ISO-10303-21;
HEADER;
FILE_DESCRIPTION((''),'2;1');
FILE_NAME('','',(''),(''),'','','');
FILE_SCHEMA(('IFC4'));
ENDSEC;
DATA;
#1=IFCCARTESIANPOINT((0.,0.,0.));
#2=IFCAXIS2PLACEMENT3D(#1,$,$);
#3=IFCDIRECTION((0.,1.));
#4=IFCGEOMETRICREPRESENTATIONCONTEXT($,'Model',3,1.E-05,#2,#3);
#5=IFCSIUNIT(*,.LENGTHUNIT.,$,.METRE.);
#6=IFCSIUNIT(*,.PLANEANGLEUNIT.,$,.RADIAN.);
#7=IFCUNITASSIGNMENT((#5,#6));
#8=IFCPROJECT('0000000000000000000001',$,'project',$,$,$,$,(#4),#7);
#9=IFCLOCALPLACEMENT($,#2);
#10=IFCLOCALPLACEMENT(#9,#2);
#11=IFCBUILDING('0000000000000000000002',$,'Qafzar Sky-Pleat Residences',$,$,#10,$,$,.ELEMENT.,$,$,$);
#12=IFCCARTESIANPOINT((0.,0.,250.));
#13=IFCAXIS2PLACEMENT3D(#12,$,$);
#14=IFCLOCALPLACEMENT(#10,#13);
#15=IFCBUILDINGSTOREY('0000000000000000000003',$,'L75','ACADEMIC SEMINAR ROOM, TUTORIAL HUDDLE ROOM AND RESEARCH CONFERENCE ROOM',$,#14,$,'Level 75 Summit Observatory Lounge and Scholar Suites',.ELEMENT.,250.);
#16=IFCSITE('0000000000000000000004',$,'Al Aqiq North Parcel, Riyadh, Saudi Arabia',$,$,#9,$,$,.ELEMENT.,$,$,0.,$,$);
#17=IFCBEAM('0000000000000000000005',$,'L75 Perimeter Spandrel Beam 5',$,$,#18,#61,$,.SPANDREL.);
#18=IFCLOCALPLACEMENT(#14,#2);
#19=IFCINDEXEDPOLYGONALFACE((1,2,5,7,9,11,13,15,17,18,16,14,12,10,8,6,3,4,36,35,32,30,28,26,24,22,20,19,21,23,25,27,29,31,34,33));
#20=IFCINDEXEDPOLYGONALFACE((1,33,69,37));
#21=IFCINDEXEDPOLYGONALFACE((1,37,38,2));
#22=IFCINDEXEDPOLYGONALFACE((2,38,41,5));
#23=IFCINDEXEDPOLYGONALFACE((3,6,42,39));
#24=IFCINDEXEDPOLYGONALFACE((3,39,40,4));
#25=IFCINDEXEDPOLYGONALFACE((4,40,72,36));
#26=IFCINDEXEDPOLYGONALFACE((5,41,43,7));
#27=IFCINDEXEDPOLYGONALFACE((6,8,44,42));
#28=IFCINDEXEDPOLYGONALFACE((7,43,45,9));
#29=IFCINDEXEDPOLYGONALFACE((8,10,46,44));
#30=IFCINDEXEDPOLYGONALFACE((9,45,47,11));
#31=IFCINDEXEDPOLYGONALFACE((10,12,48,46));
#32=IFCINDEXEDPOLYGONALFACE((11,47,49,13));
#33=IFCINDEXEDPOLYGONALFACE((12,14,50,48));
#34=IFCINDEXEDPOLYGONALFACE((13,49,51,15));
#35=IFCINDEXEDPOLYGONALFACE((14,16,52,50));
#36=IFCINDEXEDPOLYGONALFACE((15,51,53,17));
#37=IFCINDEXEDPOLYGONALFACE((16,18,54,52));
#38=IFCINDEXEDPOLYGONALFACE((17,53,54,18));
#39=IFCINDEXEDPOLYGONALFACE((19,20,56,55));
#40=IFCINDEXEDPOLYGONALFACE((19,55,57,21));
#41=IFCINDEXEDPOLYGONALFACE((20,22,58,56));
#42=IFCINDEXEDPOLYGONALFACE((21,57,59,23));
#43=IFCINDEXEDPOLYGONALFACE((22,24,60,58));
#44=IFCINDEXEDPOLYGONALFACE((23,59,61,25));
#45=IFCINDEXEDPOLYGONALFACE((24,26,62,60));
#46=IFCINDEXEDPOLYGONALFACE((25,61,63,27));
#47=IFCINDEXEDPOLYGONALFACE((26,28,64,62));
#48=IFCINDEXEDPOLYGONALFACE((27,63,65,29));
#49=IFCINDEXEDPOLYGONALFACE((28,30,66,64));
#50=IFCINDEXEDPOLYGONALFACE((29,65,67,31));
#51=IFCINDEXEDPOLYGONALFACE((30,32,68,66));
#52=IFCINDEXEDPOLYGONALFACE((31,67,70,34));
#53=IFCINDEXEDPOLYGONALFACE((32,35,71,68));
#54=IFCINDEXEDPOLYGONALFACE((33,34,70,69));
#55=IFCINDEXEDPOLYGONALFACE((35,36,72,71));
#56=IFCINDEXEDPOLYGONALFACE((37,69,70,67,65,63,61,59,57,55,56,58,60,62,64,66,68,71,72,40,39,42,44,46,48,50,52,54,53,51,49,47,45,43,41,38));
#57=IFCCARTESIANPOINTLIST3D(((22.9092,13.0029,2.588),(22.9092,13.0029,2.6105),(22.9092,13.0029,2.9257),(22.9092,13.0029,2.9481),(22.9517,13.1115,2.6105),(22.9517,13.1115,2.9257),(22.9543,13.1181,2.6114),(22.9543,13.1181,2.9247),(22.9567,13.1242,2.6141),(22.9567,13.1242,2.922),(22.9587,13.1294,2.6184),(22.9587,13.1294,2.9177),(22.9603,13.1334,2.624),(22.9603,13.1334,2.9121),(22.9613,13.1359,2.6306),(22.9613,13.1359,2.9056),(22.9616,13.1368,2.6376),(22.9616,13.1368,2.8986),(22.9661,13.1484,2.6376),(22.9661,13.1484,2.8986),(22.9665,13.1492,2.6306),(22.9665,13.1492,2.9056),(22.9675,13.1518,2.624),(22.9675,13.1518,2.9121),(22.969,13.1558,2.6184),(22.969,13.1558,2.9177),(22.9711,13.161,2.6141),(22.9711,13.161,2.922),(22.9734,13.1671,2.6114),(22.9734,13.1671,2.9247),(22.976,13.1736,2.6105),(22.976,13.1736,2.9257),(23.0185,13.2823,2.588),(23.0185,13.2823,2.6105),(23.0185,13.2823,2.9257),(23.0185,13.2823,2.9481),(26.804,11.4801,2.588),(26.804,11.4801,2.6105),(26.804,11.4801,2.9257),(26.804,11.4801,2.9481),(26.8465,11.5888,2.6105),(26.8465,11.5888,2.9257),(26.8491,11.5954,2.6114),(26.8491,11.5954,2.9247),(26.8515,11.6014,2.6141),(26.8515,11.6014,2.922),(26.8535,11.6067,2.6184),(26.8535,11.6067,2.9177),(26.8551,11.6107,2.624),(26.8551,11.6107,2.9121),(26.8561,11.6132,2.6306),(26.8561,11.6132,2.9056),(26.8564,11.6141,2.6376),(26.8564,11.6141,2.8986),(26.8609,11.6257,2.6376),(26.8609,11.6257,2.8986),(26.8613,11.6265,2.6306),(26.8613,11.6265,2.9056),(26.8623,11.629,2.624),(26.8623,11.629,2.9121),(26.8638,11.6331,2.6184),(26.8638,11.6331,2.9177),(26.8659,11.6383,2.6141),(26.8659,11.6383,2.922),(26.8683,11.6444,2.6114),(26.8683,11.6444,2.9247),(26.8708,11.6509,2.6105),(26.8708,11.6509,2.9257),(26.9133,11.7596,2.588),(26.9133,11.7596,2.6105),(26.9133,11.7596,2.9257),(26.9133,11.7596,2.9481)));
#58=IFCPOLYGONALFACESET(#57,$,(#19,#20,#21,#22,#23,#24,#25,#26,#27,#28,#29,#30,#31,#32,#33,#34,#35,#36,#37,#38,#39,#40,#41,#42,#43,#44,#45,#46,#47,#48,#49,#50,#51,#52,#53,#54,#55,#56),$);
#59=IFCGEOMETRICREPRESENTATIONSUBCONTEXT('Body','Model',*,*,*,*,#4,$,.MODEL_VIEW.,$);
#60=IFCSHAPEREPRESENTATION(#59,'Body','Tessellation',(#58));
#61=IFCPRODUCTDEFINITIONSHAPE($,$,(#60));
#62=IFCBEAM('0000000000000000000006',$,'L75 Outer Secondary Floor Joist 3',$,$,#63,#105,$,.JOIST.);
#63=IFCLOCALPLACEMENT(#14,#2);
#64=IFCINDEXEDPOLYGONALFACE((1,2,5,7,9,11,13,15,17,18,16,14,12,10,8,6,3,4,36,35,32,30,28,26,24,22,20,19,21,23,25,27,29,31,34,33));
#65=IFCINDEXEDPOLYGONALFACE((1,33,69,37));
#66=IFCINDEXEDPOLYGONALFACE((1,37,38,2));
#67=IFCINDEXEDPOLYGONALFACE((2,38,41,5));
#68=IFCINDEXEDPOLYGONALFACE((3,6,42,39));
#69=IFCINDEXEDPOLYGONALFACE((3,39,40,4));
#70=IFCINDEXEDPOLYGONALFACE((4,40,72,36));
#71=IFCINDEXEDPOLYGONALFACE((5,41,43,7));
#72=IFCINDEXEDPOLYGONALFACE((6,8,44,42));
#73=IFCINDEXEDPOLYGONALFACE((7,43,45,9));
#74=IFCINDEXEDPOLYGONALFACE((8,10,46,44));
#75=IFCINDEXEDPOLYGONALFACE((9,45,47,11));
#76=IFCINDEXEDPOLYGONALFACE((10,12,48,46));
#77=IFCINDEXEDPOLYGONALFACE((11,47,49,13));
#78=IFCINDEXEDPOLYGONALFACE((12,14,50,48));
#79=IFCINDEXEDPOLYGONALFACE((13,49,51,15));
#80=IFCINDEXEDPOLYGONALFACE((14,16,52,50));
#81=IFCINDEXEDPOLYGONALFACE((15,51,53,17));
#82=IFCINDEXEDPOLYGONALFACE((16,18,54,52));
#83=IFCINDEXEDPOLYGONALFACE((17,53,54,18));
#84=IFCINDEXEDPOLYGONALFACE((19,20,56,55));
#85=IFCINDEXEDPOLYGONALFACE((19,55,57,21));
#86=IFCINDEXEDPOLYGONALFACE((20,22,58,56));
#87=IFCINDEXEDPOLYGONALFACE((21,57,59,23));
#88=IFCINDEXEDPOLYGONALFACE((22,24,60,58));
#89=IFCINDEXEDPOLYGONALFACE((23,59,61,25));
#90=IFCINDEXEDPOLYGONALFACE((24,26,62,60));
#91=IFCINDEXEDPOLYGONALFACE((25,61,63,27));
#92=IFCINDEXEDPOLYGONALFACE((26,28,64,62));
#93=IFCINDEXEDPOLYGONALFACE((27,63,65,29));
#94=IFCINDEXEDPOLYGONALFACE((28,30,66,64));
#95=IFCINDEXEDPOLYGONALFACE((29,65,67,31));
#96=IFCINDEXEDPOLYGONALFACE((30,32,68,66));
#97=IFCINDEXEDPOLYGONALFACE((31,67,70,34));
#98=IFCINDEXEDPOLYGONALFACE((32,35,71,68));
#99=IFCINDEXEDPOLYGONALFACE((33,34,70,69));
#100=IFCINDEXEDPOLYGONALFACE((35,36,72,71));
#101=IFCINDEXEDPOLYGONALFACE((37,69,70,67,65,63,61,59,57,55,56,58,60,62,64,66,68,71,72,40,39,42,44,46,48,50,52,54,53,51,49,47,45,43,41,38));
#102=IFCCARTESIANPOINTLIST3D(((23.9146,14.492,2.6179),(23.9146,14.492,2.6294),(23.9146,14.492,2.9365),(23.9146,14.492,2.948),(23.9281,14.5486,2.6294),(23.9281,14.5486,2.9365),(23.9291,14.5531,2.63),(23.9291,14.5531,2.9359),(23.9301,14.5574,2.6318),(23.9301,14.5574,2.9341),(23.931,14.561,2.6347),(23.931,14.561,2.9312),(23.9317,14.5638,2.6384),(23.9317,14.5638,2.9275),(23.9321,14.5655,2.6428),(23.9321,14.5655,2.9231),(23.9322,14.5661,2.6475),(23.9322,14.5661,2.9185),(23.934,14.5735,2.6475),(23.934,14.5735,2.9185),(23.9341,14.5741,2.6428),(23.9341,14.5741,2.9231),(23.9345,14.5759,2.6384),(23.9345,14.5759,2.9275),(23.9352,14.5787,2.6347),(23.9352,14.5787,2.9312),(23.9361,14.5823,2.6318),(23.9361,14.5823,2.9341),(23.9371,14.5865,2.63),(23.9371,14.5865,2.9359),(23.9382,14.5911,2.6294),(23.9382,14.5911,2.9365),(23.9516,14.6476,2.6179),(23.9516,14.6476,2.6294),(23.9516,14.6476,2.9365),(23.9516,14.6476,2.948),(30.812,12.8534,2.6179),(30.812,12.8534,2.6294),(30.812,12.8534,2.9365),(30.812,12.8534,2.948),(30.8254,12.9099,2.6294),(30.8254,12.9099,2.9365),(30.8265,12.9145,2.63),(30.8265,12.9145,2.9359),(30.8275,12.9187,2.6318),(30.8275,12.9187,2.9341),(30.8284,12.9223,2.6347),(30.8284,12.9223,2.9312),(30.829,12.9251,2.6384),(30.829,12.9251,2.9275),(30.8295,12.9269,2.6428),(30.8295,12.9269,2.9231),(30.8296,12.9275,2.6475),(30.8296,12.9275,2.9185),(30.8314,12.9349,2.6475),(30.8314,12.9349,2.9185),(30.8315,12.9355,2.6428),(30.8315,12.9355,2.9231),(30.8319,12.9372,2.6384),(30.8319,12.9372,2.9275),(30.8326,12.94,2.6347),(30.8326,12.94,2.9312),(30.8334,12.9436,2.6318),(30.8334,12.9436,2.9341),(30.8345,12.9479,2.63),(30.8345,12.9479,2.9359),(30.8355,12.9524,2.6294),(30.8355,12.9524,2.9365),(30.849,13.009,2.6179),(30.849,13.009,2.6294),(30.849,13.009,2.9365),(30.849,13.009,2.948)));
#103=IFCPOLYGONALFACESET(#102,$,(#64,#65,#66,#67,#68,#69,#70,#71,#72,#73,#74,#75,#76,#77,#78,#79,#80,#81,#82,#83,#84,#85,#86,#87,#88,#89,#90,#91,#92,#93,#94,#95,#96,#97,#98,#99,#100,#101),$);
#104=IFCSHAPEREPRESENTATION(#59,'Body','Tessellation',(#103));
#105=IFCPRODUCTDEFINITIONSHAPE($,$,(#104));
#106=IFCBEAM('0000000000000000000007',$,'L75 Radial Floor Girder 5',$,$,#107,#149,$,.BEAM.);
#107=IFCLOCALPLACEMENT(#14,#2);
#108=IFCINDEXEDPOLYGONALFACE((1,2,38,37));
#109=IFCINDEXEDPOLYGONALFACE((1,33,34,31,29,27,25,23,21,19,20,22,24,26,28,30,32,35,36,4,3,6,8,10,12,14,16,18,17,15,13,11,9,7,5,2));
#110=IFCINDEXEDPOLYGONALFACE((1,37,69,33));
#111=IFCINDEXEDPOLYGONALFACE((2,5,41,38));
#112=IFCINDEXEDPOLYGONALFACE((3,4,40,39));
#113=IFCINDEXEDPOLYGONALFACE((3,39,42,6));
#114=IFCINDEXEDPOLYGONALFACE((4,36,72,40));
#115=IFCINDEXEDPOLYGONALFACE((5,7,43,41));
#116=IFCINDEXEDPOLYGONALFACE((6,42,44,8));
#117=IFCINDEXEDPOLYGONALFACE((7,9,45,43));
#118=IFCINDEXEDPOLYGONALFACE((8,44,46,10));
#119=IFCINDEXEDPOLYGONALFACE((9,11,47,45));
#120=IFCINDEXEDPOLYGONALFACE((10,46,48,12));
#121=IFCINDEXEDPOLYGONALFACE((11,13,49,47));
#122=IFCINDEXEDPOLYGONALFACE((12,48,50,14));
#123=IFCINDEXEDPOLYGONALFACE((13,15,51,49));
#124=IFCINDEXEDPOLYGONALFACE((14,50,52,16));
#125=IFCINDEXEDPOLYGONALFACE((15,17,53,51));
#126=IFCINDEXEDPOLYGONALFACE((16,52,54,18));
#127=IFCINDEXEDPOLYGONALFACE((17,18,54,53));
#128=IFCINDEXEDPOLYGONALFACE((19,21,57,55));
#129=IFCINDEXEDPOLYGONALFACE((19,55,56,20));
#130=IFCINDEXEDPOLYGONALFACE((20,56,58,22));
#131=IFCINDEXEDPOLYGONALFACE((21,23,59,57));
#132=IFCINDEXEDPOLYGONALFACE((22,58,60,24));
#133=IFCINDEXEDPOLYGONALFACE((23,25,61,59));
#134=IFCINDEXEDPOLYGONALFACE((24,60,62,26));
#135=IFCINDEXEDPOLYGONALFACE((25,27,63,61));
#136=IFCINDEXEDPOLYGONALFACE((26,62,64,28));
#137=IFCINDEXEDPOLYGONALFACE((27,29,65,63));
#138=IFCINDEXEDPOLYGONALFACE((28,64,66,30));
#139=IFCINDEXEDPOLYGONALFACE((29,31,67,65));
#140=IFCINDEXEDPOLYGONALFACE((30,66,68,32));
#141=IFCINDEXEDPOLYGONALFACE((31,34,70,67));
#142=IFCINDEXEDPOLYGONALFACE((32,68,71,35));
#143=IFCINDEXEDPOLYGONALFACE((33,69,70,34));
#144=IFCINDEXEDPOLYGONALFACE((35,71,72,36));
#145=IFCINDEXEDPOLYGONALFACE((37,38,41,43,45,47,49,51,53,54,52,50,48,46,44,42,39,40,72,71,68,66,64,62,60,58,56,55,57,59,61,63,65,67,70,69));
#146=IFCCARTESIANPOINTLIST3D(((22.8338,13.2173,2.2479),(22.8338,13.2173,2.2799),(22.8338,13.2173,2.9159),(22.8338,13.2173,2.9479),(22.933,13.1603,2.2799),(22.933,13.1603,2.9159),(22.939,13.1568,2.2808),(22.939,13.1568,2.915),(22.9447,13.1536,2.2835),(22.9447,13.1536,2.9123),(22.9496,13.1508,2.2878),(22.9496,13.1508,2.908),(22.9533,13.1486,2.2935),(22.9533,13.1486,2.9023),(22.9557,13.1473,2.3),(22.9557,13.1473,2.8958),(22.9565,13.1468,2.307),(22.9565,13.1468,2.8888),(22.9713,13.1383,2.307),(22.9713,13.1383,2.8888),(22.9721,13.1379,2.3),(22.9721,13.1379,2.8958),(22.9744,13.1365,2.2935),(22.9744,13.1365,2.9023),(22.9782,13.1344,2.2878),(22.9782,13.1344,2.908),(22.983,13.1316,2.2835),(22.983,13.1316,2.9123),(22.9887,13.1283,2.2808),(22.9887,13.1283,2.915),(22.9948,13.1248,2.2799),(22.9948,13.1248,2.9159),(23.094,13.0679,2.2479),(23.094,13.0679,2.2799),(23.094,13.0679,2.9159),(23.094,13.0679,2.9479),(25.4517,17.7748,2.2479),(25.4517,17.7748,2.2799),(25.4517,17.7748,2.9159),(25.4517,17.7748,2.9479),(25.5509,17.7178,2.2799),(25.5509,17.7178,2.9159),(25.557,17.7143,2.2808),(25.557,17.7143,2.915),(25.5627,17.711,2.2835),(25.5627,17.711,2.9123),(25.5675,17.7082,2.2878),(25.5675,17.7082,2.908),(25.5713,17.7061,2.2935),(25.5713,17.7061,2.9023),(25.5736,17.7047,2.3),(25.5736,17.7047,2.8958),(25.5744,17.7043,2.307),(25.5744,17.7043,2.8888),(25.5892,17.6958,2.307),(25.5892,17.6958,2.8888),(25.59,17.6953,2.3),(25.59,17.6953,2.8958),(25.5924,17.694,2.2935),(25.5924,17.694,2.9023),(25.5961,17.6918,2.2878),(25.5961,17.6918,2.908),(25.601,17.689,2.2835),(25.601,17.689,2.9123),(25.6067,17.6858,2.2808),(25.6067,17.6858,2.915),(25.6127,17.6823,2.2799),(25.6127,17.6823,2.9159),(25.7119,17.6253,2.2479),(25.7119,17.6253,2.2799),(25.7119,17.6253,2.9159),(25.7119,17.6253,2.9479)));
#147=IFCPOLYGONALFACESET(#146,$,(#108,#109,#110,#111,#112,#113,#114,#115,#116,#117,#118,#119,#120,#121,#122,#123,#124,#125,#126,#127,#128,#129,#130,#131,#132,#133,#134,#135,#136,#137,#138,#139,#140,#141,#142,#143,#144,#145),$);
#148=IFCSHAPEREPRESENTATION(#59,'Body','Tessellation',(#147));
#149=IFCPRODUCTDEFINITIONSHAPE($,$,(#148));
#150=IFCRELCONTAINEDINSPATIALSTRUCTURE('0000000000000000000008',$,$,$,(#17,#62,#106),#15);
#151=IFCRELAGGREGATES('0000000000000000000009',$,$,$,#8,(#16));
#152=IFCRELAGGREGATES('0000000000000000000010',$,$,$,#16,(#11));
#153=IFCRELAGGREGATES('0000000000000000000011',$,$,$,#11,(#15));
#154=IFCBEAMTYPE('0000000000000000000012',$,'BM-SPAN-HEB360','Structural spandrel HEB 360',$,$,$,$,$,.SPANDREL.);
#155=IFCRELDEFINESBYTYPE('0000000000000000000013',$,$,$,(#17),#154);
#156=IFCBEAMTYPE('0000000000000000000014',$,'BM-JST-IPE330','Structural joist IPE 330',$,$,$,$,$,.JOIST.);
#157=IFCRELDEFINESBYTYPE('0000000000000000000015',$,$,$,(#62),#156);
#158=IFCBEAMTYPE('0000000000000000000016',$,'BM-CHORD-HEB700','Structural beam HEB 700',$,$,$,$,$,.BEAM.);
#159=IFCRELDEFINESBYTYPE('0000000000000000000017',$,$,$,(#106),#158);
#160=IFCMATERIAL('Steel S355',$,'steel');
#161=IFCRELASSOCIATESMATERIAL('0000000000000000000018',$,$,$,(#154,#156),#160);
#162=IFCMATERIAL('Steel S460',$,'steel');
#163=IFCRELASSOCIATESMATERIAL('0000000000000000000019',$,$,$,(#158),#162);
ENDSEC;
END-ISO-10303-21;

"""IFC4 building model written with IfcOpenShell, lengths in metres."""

from ifc_helpers import new_model, si_unit, direction, frame, origin, origin_2d, place, context, subcontext, project, spatial, i_section, extrude, source, transform, mapped, material, material_profile, profile_set, type_object, element, save


model = new_model("IFC4")

# Units and contexts
model_context = context("Model", 3, precision=1e-05, world=origin(), true_north=direction((0.0, 1.0)))
body_context = subcontext(model_context, "Body", "Model", "MODEL_VIEW")
ifc_project = project(units=[si_unit("LENGTHUNIT", "METRE"), si_unit("PLANEANGLEUNIT", "RADIAN")], contexts=[model_context])

# Site, building, storey
site_placement = place(None, origin())
site = spatial("IfcSite", under=ifc_project, at=site_placement, Name="Al Aqiq North Parcel, Riyadh, Saudi Arabia", CompositionType="ELEMENT", RefElevation=0.0)
building_placement = place(site_placement, origin())
building = spatial("IfcBuilding", under=site, at=building_placement, Name="Qafzar Sky-Pleat Residences", CompositionType="ELEMENT")
storey_placement = place(building_placement, frame((0.0, 0.0, 250.0)))
storey = spatial("IfcBuildingStorey", under=building, at=storey_placement, Name="L75", Description="ACADEMIC SEMINAR ROOM, TUTORIAL HUDDLE ROOM AND RESEARCH CONFERENCE ROOM", LongName="Level 75 Summit Observatory Lounge and Scholar Suites", CompositionType="ELEMENT", Elevation=250.0)

# Shared definitions
ifc_material_1 = material(Name="Steel S355", Category="steel")

# Beams
ifc_material_profile_1 = material_profile(ifc_material_1, i_section(OverallWidth=0.3, OverallDepth=0.3601, WebThickness=0.0125, FlangeThickness=0.0225, FilletRadius=0.0271, at=origin_2d()), Name="HEB 360")
ifc_profile_set_1 = profile_set([ifc_material_profile_1], Name="Steel S355")
beam_type_1 = type_object("IfcBeamType", Name="BM-SPAN-HEB360", Description="Structural spandrel HEB 360", PredefinedType="SPANDREL", material=ifc_profile_set_1)
shared_shape_1 = source(origin(), body_context, "Body", "SweptSolid", [
    extrude(i_section(OverallWidth=0.3, OverallDepth=0.3601, WebThickness=0.0125, FlangeThickness=0.0225, FilletRadius=0.0271, at=origin_2d()), origin(), (0.0, 0.0, 1.0), 4.1819),
])
beam_1_placement = place(storey_placement, frame((22.9639, 13.1426, 2.7681), z_axis=(0.931351, -0.364122, 0.0), x_axis=(0.364122, 0.931351, 0.0)))
element("IfcBeam", 1, at=beam_1_placement, inside=storey, type_object=beam_type_1, Name="L75 Perimeter Spandrel Beam 5", PredefinedType="SPANDREL", context=body_context, shape_type="MappedRepresentation", body=[
    mapped(shared_shape_1, transform((0.0, 0.0, 0.0), x_axis=(1.0, 0.0, 0.0), y_axis=(0.0, 1.0, 0.0), z_axis=(0.0, 0.0, 1.0), scale=1.0)),
])
ifc_material_profile_2 = material_profile(ifc_material_1, i_section(OverallWidth=0.1599, OverallDepth=0.3301, WebThickness=0.0076, FlangeThickness=0.0115, FilletRadius=0.0181, at=origin_2d()), Name="IPE 330")
ifc_profile_set_2 = profile_set([ifc_material_profile_2], Name="Steel S355")
beam_type_2 = type_object("IfcBeamType", Name="BM-JST-IPE330", Description="Structural joist IPE 330", PredefinedType="JOIST", material=ifc_profile_set_2)
shared_shape_2 = source(origin(), body_context, "Body", "SweptSolid", [
    extrude(i_section(OverallWidth=0.1599, OverallDepth=0.3301, WebThickness=0.0076, FlangeThickness=0.0115, FilletRadius=0.0181, at=origin_2d()), origin(), (0.0, 0.0, 1.0), 7.0894),
])
beam_2_placement = place(storey_placement, frame((23.9331, 14.5698, 2.783), z_axis=(0.97292, -0.231143, 0.0), x_axis=(0.231143, 0.97292, 0.0)))
element("IfcBeam", 2, at=beam_2_placement, inside=storey, type_object=beam_type_2, Name="L75 Outer Secondary Floor Joist 3", PredefinedType="JOIST", context=body_context, shape_type="MappedRepresentation", body=[
    mapped(shared_shape_2, transform((0.0, 0.0, 0.0), x_axis=(1.0, 0.0, 0.0), y_axis=(0.0, 1.0, 0.0), z_axis=(0.0, 0.0, 1.0), scale=1.0)),
])
ifc_material_2 = material(Name="Steel S460", Category="steel")
ifc_material_profile_3 = material_profile(ifc_material_2, i_section(OverallWidth=0.3, OverallDepth=0.7, WebThickness=0.0171, FlangeThickness=0.032, FilletRadius=0.0271, at=origin_2d()), Name="HEB 700")
ifc_profile_set_3 = profile_set([ifc_material_profile_3], Name="Steel S460")
beam_type_3 = type_object("IfcBeamType", Name="BM-CHORD-HEB700", Description="Structural beam HEB 700", PredefinedType="BEAM", material=ifc_profile_set_3)
shared_shape_3 = source(origin(), body_context, "Body", "SweptSolid", [
    extrude(i_section(OverallWidth=0.3, OverallDepth=0.7, WebThickness=0.0171, FlangeThickness=0.032, FilletRadius=0.0271, at=origin_2d()), origin(), (0.0, 0.0, 1.0), 5.2559),
])
beam_3_placement = place(storey_placement, frame((22.9639, 13.1426, 2.5979), z_axis=(0.498104, 0.867117, 0.0), x_axis=(-0.867117, 0.498104, 0.0)))
element("IfcBeam", 3, at=beam_3_placement, inside=storey, type_object=beam_type_3, Name="L75 Radial Floor Girder 5", PredefinedType="BEAM", context=body_context, shape_type="MappedRepresentation", body=[
    mapped(shared_shape_3, transform((0.0, 0.0, 0.0), x_axis=(1.0, 0.0, 0.0), y_axis=(0.0, 1.0, 0.0), z_axis=(0.0, 0.0, 1.0), scale=1.0)),
])

save(model, "model.ifc")
